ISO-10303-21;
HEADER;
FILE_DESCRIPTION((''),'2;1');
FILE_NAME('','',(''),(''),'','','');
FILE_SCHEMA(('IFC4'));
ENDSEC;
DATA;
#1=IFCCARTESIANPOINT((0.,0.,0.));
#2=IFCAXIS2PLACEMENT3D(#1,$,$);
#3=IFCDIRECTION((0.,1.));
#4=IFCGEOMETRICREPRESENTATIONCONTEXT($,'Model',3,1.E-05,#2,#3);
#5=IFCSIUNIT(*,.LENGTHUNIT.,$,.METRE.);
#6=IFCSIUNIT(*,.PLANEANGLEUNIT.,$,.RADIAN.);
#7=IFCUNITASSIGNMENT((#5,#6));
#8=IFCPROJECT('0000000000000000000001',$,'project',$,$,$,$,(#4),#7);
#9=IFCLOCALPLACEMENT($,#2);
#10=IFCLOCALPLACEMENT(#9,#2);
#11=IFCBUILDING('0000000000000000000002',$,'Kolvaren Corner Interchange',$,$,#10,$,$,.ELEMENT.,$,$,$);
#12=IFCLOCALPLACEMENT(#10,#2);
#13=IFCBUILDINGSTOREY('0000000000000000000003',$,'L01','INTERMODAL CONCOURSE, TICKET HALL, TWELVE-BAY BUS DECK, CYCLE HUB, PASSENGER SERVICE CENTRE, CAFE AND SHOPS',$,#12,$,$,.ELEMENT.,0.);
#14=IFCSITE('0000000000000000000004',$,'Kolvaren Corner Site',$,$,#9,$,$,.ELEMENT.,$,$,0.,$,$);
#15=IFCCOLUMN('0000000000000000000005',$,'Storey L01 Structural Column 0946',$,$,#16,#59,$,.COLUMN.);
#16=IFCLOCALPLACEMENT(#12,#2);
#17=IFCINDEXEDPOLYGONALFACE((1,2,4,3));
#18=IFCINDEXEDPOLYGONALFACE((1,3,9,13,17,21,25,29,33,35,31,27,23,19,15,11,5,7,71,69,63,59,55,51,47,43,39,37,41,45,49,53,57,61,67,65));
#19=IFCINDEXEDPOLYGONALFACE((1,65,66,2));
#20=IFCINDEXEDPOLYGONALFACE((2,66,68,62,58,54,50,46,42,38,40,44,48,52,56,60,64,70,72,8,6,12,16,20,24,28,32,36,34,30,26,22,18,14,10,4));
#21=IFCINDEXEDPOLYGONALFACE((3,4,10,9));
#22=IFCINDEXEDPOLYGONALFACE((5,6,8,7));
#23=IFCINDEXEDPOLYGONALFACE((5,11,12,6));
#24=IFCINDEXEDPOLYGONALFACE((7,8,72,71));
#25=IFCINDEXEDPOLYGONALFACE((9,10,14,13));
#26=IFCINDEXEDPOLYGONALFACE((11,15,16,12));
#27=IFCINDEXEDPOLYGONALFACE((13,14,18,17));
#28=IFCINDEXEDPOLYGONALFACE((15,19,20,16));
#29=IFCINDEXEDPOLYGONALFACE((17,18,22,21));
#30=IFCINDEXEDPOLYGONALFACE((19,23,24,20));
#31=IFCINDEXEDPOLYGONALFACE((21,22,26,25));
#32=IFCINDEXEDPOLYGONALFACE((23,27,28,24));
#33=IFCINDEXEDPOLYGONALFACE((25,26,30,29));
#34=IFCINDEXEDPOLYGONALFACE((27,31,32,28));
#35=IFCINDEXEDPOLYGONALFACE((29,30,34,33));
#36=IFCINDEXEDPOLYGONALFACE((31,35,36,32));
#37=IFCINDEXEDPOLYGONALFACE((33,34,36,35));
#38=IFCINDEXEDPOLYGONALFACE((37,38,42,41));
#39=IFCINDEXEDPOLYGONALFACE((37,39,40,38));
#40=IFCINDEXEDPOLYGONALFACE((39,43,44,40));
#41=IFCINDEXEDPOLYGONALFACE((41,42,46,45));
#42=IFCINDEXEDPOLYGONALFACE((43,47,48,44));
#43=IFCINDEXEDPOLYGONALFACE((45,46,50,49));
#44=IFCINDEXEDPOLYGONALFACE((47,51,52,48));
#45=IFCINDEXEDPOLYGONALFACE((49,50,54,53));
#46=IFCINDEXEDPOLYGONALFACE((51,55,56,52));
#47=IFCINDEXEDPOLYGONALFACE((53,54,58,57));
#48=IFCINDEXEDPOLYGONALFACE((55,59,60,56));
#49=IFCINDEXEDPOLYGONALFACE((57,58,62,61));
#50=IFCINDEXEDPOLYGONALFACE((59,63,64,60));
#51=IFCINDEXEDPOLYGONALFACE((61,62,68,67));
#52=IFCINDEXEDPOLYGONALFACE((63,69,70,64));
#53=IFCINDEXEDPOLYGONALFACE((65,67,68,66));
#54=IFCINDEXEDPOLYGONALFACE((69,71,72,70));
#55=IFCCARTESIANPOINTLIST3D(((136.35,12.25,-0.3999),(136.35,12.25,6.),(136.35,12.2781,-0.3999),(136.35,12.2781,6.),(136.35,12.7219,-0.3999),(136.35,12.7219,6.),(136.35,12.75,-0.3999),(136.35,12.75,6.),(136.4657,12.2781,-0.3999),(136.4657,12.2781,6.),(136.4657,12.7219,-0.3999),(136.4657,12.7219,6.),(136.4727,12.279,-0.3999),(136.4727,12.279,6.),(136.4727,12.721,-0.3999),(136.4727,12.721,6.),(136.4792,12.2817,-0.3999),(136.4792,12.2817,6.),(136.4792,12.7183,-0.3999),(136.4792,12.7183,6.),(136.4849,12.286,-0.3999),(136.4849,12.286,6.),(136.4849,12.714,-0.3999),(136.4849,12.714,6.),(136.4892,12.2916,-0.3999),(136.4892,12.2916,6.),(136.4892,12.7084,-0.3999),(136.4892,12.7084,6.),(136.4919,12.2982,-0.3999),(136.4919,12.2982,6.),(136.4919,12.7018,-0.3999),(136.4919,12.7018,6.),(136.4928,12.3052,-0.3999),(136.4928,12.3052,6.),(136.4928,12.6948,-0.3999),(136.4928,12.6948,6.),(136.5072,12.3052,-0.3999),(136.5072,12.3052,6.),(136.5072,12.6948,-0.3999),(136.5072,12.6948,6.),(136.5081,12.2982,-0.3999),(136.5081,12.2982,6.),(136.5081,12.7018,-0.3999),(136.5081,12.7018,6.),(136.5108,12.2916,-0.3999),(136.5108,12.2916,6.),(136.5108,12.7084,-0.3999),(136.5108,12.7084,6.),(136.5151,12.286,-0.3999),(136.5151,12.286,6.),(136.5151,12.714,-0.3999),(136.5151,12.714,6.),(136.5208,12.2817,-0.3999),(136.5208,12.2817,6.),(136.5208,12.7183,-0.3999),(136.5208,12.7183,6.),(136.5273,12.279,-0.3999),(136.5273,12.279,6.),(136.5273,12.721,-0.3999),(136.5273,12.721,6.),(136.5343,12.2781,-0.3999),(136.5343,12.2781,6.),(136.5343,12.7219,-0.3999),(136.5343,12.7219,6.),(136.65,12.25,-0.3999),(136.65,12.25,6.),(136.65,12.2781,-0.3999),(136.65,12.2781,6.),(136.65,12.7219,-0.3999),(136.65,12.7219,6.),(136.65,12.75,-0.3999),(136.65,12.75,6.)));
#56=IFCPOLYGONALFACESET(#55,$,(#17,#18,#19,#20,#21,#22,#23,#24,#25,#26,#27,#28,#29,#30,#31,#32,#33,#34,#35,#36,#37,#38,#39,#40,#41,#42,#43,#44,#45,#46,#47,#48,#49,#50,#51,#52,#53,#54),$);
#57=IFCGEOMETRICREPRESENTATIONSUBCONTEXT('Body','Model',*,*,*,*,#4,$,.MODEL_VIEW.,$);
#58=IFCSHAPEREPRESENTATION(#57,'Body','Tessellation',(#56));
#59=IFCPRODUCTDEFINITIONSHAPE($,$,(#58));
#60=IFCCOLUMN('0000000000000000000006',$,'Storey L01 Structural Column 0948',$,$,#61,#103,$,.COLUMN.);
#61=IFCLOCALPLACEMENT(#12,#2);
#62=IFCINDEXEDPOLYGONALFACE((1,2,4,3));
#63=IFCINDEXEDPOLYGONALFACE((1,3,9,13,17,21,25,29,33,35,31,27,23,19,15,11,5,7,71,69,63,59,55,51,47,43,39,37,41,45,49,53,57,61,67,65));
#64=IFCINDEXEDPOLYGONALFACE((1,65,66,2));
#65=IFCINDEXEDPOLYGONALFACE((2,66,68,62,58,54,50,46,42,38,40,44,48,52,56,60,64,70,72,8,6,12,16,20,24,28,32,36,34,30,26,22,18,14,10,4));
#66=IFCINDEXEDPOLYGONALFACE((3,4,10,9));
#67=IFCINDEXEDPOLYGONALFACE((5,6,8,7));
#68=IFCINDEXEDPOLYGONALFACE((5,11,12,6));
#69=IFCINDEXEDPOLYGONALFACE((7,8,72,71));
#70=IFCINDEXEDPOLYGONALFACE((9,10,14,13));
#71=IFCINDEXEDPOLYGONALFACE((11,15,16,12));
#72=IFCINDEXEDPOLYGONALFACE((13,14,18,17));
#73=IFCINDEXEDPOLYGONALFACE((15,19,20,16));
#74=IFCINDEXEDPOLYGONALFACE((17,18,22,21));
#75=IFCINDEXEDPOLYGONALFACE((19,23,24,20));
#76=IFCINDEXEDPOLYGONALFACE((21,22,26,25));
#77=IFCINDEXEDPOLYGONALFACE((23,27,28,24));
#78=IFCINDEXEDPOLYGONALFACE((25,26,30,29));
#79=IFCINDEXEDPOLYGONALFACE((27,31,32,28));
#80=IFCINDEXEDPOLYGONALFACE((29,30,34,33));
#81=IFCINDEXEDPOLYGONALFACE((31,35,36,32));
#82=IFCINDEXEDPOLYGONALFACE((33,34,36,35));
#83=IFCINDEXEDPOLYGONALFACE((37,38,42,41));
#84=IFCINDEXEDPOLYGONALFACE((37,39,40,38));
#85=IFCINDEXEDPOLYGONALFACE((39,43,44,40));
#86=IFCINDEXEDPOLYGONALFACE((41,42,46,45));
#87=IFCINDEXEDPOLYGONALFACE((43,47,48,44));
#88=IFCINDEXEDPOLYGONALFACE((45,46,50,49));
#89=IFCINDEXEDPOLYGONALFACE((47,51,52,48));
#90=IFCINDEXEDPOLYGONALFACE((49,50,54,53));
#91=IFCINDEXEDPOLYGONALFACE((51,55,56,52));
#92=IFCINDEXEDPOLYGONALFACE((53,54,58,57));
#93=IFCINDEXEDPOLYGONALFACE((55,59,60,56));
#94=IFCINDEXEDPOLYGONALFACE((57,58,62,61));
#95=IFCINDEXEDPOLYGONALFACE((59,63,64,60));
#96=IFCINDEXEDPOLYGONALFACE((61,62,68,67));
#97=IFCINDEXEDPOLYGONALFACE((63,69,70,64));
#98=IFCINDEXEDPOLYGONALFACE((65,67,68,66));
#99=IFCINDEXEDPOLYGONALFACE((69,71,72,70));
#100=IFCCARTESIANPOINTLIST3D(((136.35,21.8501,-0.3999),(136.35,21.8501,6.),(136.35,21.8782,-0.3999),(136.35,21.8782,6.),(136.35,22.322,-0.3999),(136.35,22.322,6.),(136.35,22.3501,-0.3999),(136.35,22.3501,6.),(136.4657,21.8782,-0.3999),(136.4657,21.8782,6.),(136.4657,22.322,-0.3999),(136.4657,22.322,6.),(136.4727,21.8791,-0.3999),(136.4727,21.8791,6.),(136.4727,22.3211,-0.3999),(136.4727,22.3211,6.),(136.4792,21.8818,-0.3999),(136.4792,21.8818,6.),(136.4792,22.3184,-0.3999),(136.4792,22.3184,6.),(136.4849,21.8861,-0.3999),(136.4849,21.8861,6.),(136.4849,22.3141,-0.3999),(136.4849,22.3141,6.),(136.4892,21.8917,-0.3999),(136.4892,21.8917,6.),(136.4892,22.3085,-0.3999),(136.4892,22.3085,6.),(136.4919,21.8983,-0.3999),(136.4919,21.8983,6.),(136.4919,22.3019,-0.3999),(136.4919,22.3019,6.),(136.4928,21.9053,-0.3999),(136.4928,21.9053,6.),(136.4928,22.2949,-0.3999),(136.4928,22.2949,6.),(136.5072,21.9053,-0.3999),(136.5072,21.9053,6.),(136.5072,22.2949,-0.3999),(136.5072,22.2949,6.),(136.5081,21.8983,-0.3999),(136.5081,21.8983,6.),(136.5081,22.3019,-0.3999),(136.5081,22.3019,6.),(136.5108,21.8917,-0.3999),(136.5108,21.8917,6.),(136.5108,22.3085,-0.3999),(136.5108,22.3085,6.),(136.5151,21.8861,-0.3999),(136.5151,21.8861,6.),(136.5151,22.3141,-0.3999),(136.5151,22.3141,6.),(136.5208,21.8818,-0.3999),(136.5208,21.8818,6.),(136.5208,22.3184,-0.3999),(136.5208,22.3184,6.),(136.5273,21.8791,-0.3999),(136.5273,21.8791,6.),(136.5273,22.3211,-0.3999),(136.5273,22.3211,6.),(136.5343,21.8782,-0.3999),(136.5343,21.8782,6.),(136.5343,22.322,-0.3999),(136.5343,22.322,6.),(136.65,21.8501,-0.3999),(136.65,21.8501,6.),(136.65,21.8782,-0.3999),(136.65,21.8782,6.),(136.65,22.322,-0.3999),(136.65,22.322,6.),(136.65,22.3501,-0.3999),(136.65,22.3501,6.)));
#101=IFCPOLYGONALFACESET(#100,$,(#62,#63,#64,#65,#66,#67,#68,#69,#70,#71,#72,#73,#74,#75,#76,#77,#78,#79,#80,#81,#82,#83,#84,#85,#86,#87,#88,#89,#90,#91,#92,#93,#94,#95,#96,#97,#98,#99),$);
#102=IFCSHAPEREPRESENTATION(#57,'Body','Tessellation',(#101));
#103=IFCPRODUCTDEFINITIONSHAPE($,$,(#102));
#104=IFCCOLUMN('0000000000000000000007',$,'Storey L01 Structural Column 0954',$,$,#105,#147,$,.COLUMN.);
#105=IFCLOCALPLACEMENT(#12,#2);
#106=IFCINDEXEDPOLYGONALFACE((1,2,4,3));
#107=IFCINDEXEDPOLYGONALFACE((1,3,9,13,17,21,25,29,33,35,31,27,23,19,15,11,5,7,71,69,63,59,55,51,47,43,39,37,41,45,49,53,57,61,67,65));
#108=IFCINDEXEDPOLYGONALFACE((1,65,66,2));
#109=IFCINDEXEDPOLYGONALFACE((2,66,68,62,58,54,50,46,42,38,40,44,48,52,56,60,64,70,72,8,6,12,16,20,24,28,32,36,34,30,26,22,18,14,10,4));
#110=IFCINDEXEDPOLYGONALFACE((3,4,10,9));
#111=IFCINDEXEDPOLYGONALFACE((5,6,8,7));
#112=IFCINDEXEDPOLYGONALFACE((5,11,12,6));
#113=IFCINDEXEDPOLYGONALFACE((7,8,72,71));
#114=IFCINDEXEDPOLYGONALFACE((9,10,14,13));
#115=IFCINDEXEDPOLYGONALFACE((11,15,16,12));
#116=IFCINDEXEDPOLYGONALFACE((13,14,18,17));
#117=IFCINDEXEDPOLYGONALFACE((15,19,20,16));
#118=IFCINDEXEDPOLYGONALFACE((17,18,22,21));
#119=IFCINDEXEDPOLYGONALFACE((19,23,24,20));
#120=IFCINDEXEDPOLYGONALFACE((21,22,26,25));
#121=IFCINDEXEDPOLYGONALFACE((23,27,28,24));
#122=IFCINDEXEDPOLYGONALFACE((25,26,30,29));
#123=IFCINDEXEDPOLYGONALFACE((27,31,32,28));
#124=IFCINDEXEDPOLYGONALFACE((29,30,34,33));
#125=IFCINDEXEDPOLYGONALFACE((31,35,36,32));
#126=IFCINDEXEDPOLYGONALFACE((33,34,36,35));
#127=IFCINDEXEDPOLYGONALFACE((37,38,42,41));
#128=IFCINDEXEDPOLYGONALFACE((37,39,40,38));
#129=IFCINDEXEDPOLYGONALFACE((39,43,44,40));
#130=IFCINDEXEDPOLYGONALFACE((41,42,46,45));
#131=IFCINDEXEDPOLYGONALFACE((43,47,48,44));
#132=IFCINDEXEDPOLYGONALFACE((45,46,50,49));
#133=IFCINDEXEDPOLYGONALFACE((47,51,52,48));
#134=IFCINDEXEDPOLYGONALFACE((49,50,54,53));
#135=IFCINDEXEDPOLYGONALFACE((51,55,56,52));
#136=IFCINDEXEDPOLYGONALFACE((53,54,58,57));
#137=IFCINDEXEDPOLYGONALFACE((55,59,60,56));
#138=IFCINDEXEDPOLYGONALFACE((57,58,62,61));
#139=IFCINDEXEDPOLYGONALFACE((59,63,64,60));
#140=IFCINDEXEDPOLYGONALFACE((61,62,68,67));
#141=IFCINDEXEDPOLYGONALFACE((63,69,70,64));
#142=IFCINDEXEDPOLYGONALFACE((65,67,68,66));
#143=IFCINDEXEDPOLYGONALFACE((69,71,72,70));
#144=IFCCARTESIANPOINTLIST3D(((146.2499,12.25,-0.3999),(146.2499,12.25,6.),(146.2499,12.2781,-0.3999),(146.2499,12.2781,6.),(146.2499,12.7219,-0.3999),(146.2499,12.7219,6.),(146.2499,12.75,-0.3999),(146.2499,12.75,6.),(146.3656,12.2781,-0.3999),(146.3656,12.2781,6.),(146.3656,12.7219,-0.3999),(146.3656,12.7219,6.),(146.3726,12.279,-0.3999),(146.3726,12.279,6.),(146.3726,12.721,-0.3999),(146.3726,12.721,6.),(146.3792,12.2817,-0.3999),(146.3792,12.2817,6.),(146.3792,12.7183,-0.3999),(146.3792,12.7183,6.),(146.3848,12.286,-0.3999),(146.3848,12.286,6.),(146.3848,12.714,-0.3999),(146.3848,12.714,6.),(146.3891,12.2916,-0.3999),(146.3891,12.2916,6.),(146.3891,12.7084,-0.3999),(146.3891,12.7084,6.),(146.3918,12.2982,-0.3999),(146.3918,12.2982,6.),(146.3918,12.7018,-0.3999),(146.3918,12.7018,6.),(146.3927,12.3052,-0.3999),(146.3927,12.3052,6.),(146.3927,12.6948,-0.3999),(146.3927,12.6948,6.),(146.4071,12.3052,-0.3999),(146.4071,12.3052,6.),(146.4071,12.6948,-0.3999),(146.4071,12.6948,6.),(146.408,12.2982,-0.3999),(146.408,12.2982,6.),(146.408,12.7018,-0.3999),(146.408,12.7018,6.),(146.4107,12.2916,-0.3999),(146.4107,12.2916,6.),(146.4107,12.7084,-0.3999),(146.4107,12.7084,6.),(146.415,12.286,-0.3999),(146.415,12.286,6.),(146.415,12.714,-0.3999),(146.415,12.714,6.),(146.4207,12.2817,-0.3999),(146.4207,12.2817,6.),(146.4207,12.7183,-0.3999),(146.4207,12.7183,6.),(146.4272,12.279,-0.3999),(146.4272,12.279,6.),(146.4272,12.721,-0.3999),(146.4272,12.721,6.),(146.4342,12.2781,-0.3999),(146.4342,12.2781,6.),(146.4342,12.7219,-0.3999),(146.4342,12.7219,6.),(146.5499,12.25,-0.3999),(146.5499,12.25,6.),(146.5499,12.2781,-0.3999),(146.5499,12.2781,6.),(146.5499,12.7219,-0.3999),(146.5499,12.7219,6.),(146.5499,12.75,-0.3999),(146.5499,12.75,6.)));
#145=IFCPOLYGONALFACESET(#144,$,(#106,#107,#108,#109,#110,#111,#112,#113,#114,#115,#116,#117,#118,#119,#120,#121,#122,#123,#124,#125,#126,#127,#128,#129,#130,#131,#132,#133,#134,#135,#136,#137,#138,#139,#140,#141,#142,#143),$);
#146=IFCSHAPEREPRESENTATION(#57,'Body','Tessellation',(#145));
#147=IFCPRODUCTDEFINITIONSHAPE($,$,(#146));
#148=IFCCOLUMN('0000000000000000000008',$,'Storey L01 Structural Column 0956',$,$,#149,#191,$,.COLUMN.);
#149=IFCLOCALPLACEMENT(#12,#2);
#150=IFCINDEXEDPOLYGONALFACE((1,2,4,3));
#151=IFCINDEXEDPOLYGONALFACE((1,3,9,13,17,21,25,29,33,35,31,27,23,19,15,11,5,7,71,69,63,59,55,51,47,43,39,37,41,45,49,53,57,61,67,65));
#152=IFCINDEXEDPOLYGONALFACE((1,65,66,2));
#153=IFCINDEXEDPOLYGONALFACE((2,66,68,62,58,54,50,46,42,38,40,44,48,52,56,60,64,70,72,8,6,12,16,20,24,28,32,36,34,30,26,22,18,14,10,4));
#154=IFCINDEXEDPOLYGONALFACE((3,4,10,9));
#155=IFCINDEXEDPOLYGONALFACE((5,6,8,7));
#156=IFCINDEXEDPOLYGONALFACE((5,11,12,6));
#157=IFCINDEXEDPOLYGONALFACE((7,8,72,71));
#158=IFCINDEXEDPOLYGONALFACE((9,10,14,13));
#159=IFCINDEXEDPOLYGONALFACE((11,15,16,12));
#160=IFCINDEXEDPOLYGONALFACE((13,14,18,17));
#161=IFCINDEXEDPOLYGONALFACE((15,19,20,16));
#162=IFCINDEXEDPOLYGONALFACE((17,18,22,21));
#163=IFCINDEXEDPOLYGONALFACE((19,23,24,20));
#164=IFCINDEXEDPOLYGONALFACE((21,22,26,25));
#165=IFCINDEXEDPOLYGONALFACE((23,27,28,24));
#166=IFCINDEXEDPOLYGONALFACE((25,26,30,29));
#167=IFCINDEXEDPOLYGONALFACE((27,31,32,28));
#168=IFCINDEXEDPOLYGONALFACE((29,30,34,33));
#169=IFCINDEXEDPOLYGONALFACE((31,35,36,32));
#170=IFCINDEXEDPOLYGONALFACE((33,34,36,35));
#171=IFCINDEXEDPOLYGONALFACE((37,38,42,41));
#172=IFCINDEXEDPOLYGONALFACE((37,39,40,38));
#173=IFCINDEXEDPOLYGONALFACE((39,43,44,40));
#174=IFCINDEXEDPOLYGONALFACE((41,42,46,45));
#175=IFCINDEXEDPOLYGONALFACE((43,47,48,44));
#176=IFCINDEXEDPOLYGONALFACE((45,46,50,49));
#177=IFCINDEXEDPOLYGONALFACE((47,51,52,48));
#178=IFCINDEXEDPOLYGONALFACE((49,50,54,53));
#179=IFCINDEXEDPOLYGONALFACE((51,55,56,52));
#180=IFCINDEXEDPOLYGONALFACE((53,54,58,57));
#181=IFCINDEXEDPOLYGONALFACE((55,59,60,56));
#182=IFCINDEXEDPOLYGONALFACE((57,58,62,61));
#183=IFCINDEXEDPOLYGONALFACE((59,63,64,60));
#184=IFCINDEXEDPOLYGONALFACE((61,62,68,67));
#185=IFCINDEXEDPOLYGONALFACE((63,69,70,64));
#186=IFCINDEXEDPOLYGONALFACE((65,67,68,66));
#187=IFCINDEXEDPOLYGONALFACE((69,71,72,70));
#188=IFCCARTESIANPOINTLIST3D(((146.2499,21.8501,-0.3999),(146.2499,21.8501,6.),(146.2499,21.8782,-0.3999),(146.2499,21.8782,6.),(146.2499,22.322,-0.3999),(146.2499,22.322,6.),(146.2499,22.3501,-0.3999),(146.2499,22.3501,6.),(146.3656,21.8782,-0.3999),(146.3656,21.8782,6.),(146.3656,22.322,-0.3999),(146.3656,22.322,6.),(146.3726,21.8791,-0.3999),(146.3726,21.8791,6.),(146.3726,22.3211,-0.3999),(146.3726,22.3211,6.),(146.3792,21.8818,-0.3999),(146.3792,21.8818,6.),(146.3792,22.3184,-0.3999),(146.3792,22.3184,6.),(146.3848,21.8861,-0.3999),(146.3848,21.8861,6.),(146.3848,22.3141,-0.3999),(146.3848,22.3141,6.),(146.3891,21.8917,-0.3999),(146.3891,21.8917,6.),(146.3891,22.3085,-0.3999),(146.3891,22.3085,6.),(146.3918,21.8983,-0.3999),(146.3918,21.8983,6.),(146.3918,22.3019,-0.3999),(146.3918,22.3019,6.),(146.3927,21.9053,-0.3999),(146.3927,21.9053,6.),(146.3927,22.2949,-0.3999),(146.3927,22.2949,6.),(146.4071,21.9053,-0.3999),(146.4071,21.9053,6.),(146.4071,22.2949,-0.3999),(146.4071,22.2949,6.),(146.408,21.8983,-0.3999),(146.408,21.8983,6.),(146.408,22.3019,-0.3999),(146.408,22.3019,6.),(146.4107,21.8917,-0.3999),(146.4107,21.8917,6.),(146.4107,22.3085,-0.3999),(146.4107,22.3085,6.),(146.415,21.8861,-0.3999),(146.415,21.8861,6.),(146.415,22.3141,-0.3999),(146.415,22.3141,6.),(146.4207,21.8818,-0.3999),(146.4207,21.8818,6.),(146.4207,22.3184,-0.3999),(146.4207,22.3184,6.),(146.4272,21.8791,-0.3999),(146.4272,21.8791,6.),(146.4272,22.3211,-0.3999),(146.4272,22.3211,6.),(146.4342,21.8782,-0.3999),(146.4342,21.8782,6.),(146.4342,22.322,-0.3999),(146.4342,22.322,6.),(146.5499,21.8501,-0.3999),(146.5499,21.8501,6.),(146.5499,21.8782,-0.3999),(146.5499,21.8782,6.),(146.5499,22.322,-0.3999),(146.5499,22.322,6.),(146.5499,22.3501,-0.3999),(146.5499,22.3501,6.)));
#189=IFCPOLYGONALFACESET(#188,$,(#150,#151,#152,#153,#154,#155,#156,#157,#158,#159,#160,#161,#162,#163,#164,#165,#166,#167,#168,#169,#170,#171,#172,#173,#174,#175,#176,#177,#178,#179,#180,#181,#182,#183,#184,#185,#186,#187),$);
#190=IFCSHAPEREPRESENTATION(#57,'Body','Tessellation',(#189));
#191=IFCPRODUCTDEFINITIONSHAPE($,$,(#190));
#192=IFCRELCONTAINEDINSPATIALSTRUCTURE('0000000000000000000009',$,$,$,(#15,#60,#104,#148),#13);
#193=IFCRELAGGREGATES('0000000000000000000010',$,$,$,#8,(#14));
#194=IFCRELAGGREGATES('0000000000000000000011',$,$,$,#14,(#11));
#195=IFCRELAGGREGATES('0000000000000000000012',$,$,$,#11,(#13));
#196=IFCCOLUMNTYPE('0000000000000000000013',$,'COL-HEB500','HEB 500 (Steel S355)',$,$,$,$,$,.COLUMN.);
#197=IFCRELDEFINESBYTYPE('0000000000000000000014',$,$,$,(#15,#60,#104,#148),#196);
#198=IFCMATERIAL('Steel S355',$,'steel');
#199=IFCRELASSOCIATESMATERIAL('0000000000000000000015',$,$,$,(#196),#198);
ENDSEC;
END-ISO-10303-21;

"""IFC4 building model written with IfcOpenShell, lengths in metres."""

from ifc_helpers import new_model, si_unit, direction, frame, origin, origin_2d, place, context, subcontext, project, spatial, i_section, extrude, material, material_profile, profile_set, type_object, element, save


model = new_model("IFC4")

# Units and contexts
model_context = context("Model", 3, precision=1e-05, world=origin(), true_north=direction((0.0, 1.0)))
body_context = subcontext(model_context, "Body", "Model", "MODEL_VIEW")
ifc_project = project(units=[si_unit("LENGTHUNIT", "METRE"), si_unit("PLANEANGLEUNIT", "RADIAN")], contexts=[model_context])

# Site, building, storey
site_placement = place(None, origin())
site = spatial("IfcSite", under=ifc_project, at=site_placement, Name="Kolvaren Corner Site", CompositionType="ELEMENT", RefElevation=0.0)
building_placement = place(site_placement, origin())
building = spatial("IfcBuilding", under=site, at=building_placement, Name="Kolvaren Corner Interchange", CompositionType="ELEMENT")
storey_placement = place(building_placement, origin())
storey = spatial("IfcBuildingStorey", under=building, at=storey_placement, Name="L01", Description="INTERMODAL CONCOURSE, TICKET HALL, TWELVE-BAY BUS DECK, CYCLE HUB, PASSENGER SERVICE CENTRE, CAFE AND SHOPS", CompositionType="ELEMENT", Elevation=0.0)

# Columns
ifc_material_1 = material(Name="Steel S355", Category="steel")
ifc_material_profile_1 = material_profile(ifc_material_1, i_section(OverallWidth=0.3, OverallDepth=0.5, WebThickness=0.0144, FlangeThickness=0.0281, FilletRadius=0.0271, at=origin_2d()), Name="HEB 500")
ifc_profile_set_1 = profile_set([ifc_material_profile_1], Name="Steel S355")
column_type_1 = type_object("IfcColumnType", Name="COL-HEB500", Description="HEB 500 (Steel S355)", PredefinedType="COLUMN", material=ifc_profile_set_1)
for number, where, z_axis, x_axis, name in (
    (1, (136.5, 12.5, -0.3999), (0.0, 0.0, 1.0), (1.0, 0.0, 0.0), "Storey L01 Structural Column 0946"),
    (2, (136.5, 22.1001, -0.3999), (0.0, 0.0, 1.0), (1.0, 0.0, 0.0), "Storey L01 Structural Column 0948"),
    (3, (146.3999, 12.5, -0.3999), (0.0, 0.0, 1.0), (1.0, 0.0, 0.0), "Storey L01 Structural Column 0954"),
    (4, (146.3999, 22.1001, -0.3999), (0.0, 0.0, 1.0), (1.0, 0.0, 0.0), "Storey L01 Structural Column 0956"),
):
    element("IfcColumn", number, at=place(storey_placement, frame(where, z_axis=z_axis, x_axis=x_axis)), inside=storey, type_object=column_type_1, Name=name, PredefinedType="COLUMN", context=body_context, shape_type="SweptSolid", body=[
        extrude(i_section(OverallWidth=0.3, OverallDepth=0.5, WebThickness=0.0144, FlangeThickness=0.0281, FilletRadius=0.0271, at=origin_2d()), origin(), (0.0, 0.0, 1.0), 6.3999),
    ])

save(model, "model.ifc")
